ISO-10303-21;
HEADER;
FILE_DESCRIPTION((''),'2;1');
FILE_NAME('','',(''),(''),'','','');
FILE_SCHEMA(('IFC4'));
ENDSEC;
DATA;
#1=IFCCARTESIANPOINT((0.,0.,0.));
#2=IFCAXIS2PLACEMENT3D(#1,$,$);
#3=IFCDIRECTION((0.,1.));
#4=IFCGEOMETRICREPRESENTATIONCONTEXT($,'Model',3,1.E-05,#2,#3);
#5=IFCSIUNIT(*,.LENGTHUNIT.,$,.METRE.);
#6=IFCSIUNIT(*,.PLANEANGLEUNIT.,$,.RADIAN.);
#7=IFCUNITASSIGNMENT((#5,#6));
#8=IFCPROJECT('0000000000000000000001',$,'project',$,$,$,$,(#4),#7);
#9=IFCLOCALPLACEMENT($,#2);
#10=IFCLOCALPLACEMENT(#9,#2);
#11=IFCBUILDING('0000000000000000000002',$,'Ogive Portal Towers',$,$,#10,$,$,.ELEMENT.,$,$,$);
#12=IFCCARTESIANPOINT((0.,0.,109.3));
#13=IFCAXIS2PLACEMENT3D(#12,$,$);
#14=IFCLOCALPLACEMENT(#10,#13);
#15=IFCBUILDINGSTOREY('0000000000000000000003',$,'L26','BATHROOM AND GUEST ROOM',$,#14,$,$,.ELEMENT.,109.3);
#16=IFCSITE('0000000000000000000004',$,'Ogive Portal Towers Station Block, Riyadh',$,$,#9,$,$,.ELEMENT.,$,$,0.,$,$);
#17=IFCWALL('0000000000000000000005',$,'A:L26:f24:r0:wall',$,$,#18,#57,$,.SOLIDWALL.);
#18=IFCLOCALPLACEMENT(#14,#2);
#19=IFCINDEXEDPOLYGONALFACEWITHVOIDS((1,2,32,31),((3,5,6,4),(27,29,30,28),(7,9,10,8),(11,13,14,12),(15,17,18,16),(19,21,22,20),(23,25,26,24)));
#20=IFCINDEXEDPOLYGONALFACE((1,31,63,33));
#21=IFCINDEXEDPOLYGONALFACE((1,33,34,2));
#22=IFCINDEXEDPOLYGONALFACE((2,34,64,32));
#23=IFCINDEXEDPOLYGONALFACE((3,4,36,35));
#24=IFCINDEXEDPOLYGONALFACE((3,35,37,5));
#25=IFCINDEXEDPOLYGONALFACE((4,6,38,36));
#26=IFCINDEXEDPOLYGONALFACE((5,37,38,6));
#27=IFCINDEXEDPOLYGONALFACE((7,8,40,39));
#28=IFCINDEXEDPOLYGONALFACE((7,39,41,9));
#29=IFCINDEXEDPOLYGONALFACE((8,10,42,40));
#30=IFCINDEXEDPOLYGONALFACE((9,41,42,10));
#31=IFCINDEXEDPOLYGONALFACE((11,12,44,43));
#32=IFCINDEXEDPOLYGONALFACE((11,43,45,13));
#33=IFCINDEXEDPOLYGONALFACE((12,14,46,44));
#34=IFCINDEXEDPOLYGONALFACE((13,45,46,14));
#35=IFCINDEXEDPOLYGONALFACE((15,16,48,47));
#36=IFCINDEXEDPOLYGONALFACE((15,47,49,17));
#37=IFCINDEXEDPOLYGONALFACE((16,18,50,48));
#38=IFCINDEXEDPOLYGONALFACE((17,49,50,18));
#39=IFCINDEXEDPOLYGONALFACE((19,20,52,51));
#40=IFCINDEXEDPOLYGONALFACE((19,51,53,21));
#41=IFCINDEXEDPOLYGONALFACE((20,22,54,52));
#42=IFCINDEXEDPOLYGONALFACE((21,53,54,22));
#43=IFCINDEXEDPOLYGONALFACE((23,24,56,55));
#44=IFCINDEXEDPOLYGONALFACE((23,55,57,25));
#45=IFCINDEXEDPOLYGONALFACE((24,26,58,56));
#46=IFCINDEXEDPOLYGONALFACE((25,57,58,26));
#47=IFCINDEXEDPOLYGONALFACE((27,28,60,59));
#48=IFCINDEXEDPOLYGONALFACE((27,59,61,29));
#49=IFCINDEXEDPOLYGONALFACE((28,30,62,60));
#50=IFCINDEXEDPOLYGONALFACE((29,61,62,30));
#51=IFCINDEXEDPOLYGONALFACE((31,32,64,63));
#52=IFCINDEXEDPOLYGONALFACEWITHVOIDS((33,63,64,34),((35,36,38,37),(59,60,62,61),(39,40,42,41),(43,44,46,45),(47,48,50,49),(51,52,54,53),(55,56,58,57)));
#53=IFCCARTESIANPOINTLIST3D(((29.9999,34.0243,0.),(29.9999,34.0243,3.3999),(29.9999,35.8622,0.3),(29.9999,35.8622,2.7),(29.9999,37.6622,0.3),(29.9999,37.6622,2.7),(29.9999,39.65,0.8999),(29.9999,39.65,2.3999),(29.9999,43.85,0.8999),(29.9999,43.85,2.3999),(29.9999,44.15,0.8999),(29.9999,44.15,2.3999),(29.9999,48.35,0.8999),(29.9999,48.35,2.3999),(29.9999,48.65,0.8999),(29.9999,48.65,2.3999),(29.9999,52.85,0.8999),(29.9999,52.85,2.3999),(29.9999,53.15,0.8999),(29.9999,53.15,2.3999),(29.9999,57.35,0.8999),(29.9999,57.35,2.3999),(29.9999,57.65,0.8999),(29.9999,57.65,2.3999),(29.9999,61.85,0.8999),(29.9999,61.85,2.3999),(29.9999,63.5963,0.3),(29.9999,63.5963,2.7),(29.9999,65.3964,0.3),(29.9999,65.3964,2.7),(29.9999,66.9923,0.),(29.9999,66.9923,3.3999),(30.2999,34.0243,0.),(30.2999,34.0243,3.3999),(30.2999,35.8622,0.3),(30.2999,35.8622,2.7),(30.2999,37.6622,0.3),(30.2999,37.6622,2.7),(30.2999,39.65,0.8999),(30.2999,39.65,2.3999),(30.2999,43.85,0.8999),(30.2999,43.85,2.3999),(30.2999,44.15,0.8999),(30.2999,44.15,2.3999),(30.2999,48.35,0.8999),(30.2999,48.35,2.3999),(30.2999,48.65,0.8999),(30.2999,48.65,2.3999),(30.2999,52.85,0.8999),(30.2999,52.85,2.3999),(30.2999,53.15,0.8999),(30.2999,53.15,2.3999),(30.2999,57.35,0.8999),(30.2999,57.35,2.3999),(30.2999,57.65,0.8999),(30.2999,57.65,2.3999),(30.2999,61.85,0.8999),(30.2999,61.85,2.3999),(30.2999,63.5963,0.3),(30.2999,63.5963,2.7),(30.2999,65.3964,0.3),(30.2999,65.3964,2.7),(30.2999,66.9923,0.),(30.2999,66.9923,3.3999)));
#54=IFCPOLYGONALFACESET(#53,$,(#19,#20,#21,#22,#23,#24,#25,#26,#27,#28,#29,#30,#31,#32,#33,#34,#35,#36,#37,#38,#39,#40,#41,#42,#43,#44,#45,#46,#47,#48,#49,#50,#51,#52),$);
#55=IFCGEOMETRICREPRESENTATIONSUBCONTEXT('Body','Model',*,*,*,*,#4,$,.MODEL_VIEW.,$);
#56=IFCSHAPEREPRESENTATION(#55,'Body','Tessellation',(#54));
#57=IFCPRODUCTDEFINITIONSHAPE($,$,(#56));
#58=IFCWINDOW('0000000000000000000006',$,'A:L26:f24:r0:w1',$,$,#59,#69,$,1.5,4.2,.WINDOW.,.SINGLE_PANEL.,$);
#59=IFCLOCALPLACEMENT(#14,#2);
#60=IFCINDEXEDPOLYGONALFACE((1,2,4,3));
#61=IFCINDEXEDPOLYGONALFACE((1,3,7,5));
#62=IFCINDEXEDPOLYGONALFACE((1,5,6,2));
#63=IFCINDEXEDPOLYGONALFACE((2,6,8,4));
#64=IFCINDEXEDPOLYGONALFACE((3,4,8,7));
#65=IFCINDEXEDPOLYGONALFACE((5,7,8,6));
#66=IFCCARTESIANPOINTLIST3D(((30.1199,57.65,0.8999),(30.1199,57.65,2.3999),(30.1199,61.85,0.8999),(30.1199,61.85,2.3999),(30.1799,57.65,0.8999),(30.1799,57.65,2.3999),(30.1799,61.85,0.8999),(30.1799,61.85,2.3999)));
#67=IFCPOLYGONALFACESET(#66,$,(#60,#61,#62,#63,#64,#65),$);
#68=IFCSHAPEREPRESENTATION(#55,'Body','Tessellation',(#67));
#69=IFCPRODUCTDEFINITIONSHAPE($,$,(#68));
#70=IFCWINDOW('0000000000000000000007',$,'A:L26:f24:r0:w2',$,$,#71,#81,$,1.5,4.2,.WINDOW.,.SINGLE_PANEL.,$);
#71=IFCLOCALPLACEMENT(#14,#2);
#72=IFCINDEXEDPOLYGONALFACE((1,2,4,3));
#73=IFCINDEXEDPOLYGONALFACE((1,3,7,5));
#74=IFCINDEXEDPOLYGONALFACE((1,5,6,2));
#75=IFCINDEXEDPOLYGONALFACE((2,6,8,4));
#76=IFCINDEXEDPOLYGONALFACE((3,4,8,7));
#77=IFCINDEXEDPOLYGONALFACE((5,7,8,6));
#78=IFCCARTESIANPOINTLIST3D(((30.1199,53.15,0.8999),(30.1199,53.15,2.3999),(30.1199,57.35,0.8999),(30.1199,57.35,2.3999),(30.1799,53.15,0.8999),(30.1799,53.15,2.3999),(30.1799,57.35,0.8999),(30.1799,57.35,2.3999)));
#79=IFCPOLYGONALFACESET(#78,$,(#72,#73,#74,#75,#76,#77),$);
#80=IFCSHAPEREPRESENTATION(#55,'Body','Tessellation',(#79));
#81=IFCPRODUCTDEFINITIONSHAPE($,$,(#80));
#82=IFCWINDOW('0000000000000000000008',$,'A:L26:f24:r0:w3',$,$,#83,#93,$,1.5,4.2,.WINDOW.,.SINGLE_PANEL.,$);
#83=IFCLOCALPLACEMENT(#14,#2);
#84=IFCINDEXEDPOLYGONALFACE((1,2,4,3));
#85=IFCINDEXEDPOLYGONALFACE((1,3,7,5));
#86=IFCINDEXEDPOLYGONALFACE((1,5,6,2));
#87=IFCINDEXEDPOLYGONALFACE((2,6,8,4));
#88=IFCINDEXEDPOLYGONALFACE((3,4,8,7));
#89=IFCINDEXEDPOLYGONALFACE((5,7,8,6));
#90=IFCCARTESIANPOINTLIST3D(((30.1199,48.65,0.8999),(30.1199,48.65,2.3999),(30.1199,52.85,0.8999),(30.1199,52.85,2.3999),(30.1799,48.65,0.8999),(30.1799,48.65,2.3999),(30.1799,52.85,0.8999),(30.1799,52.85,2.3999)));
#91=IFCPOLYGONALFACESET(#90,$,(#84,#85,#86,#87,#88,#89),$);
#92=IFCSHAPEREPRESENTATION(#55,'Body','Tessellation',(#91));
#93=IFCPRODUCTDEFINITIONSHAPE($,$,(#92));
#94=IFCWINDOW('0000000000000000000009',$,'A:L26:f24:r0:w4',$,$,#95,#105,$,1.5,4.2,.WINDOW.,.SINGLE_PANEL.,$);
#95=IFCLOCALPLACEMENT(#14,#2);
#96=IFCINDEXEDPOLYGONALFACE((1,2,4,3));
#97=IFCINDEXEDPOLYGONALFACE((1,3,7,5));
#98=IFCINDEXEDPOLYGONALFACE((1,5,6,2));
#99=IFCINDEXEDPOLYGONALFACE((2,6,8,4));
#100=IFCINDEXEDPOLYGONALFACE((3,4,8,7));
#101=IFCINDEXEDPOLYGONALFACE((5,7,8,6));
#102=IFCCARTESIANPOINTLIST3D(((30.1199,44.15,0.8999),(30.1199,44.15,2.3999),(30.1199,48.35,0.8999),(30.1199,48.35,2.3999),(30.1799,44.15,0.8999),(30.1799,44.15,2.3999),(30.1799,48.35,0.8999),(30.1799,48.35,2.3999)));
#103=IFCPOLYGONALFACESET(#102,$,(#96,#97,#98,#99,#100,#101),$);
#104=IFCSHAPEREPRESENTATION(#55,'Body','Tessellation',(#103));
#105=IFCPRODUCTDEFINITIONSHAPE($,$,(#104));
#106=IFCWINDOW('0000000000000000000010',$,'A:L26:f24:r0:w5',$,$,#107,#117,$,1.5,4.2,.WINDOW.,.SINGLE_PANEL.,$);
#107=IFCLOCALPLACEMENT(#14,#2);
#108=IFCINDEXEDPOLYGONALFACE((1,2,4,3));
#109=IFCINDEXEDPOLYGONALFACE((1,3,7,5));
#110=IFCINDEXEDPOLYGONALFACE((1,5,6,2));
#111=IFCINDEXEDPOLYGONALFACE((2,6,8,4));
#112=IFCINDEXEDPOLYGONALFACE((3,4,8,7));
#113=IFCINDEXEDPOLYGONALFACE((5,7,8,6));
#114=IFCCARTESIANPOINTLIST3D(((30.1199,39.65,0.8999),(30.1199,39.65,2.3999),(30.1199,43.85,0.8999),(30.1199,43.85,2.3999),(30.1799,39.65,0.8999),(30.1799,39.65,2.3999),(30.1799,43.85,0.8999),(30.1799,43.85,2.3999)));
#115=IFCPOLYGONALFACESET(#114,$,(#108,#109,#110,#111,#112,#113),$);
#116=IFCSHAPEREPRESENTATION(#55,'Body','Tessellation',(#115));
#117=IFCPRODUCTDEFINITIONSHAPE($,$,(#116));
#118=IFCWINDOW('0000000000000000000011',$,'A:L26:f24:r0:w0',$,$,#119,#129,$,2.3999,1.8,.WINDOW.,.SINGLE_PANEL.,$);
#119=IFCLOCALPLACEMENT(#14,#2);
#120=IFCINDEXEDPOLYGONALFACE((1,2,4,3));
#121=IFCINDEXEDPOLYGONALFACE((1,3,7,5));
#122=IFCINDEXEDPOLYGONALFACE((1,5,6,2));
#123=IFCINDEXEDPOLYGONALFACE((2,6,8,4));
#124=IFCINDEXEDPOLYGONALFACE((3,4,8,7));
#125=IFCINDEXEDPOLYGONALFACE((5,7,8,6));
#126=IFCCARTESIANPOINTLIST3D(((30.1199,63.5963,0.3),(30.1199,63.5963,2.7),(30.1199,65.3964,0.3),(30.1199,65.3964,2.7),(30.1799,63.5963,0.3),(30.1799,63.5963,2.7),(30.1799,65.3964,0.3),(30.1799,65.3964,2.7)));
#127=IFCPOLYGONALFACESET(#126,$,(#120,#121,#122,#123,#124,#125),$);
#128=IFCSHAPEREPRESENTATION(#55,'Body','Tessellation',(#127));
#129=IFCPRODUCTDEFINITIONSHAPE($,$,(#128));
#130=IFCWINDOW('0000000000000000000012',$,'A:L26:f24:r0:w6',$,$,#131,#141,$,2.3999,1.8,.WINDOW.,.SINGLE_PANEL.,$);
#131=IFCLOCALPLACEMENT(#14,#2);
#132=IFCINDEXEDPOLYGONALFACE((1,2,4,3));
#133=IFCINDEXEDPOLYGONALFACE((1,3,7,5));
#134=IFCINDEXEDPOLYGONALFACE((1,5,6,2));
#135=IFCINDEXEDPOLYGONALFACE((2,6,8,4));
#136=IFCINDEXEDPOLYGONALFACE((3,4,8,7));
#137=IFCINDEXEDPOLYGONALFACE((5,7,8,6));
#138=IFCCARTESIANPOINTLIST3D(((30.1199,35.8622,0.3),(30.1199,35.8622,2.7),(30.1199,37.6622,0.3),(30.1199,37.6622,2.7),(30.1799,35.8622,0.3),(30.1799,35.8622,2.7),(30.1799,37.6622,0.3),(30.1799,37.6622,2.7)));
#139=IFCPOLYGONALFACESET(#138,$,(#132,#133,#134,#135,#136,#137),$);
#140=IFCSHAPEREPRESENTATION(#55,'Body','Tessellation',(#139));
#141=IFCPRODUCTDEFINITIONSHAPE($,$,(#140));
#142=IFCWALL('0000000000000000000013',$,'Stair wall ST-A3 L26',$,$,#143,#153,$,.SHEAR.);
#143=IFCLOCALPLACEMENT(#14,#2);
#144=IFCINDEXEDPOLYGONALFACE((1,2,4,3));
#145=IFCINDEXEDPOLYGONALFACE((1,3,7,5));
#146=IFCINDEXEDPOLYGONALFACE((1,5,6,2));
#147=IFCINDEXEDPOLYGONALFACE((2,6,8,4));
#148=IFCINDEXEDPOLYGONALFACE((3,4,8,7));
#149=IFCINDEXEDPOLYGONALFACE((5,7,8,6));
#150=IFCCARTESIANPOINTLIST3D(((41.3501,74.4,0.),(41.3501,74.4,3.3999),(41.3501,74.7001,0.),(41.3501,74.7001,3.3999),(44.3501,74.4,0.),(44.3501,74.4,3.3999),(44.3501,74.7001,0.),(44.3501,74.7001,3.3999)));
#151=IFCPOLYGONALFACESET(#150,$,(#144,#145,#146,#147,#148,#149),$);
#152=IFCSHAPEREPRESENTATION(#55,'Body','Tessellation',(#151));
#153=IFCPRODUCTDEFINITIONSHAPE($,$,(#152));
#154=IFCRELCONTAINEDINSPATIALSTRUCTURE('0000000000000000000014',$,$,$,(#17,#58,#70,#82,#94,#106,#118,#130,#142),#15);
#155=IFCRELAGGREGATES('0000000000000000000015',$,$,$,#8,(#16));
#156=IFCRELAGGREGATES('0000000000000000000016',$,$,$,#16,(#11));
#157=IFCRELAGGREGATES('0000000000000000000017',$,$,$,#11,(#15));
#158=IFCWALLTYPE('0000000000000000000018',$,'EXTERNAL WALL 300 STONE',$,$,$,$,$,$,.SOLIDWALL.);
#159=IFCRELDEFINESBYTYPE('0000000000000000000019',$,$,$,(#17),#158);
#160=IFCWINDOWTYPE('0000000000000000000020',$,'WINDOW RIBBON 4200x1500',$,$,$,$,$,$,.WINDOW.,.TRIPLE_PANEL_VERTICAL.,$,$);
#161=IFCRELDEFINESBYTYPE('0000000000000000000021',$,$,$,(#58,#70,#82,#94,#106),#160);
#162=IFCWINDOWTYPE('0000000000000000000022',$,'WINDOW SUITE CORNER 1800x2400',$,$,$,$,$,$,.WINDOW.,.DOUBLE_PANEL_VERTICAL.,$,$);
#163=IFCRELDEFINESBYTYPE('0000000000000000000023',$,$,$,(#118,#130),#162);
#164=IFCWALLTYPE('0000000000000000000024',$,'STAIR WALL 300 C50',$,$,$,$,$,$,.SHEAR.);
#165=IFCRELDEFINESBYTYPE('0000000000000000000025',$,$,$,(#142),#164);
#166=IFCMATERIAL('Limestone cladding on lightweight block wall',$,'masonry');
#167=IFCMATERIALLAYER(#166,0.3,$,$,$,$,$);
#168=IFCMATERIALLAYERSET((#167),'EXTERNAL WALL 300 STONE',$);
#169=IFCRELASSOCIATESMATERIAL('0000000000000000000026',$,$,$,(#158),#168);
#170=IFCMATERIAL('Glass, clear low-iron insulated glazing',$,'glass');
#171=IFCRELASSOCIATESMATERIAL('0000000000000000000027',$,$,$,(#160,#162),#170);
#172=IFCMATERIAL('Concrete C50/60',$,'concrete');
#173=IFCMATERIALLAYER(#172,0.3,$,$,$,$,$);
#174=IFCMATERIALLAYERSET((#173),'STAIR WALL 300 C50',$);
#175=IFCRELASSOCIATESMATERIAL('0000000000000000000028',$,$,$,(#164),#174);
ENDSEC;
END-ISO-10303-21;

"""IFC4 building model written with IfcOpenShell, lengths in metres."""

from ifc_helpers import new_model, si_unit, direction, frame, frame_2d, origin, place, context, subcontext, project, spatial, rectangle, extrude, material, layer, layer_set, type_object, element, fill, save


model = new_model("IFC4")

# Units and contexts
model_context = context("Model", 3, precision=1e-05, world=origin(), true_north=direction((0.0, 1.0)))
body_context = subcontext(model_context, "Body", "Model", "MODEL_VIEW")
ifc_project = project(units=[si_unit("LENGTHUNIT", "METRE"), si_unit("PLANEANGLEUNIT", "RADIAN")], contexts=[model_context])

# Site, building, storey
site_placement = place(None, origin())
site = spatial("IfcSite", under=ifc_project, at=site_placement, Name="Ogive Portal Towers Station Block, Riyadh", CompositionType="ELEMENT", RefElevation=0.0)
building_placement = place(site_placement, origin())
building = spatial("IfcBuilding", under=site, at=building_placement, Name="Ogive Portal Towers", CompositionType="ELEMENT")
storey_placement = place(building_placement, frame((0.0, 0.0, 109.3)))
storey = spatial("IfcBuildingStorey", under=building, at=storey_placement, Name="L26", Description="BATHROOM AND GUEST ROOM", CompositionType="ELEMENT", Elevation=109.3)

# Shared definitions
ifc_material_1 = material(Name="Glass, clear low-iron insulated glazing", Category="glass")

# Wall, openings, windows
ifc_material_2 = material(Name="Limestone cladding on lightweight block wall", Category="masonry")
ifc_layer_1 = layer(ifc_material_2, 0.3)
ifc_layer_set_1 = layer_set([ifc_layer_1], Name="EXTERNAL WALL 300 STONE")
wall_type_1 = type_object("IfcWallType", Name="EXTERNAL WALL 300 STONE", PredefinedType="SOLIDWALL", material=ifc_layer_set_1)
wall_1_placement = place(storey_placement, frame((30.1499, 66.9922, 0.0), z_axis=(0.0, 0.0, 1.0), x_axis=(0.0, -1.0, 0.0)))
wall_1 = element("IfcWall", 1, at=wall_1_placement, inside=storey, type_object=wall_type_1, Name="A:L26:f24:r0:wall", PredefinedType="SOLIDWALL", context=body_context, shape_type="SweptSolid", body=[
    extrude(rectangle(XDim=32.968, YDim=0.3, at=frame_2d((16.4839, 0.0))), origin(), (0.0, 0.0, 1.0), 3.3999),
])
opening_1_placement = place(wall_1_placement, frame((1.5959, 0.0, 0.3)))
opening_1 = element("IfcOpeningElement", 2, at=opening_1_placement, cuts=wall_1, PredefinedType="OPENING", context=body_context, shape_type="SweptSolid", body=[
    extrude(rectangle(XDim=1.8, YDim=2.3999, at=frame_2d((0.8999, 1.2))), frame((0.0, 0.1602, 0.0), z_axis=(0.0, -1.0, 0.0), x_axis=(1.0, 0.0, 0.0)), (0.0, 0.0, 1.0), 0.3201),
])
opening_2_placement = place(wall_1_placement, frame((5.1421, 0.0, 0.8999)))
opening_2 = element("IfcOpeningElement", 3, at=opening_2_placement, cuts=wall_1, PredefinedType="OPENING", context=body_context, shape_type="SweptSolid", body=[
    extrude(rectangle(XDim=4.2, YDim=1.5, at=frame_2d((2.1001, 0.75))), frame((0.0, 0.1602, 0.0), z_axis=(0.0, -1.0, 0.0), x_axis=(1.0, 0.0, 0.0)), (0.0, 0.0, 1.0), 0.3201),
])
opening_3_placement = place(wall_1_placement, frame((9.6421, 0.0, 0.8999)))
opening_3 = element("IfcOpeningElement", 4, at=opening_3_placement, cuts=wall_1, PredefinedType="OPENING", context=body_context, shape_type="SweptSolid", body=[
    extrude(rectangle(XDim=4.2, YDim=1.5, at=frame_2d((2.1001, 0.75))), frame((0.0, 0.1602, 0.0), z_axis=(0.0, -1.0, 0.0), x_axis=(1.0, 0.0, 0.0)), (0.0, 0.0, 1.0), 0.3201),
])
opening_4_placement = place(wall_1_placement, frame((14.1421, 0.0, 0.8999)))
opening_4 = element("IfcOpeningElement", 5, at=opening_4_placement, cuts=wall_1, PredefinedType="OPENING", context=body_context, shape_type="SweptSolid", body=[
    extrude(rectangle(XDim=4.2, YDim=1.5, at=frame_2d((2.1001, 0.75))), frame((0.0, 0.1602, 0.0), z_axis=(0.0, -1.0, 0.0), x_axis=(1.0, 0.0, 0.0)), (0.0, 0.0, 1.0), 0.3201),
])
opening_5_placement = place(wall_1_placement, frame((18.6421, 0.0, 0.8999)))
opening_5 = element("IfcOpeningElement", 6, at=opening_5_placement, cuts=wall_1, PredefinedType="OPENING", context=body_context, shape_type="SweptSolid", body=[
    extrude(rectangle(XDim=4.2, YDim=1.5, at=frame_2d((2.1001, 0.75))), frame((0.0, 0.1602, 0.0), z_axis=(0.0, -1.0, 0.0), x_axis=(1.0, 0.0, 0.0)), (0.0, 0.0, 1.0), 0.3201),
])
opening_6_placement = place(wall_1_placement, frame((23.1421, 0.0, 0.8999)))
opening_6 = element("IfcOpeningElement", 7, at=opening_6_placement, cuts=wall_1, PredefinedType="OPENING", context=body_context, shape_type="SweptSolid", body=[
    extrude(rectangle(XDim=4.2, YDim=1.5, at=frame_2d((2.1001, 0.75))), frame((0.0, 0.1602, 0.0), z_axis=(0.0, -1.0, 0.0), x_axis=(1.0, 0.0, 0.0)), (0.0, 0.0, 1.0), 0.3201),
])
opening_7_placement = place(wall_1_placement, frame((29.3301, 0.0, 0.3)))
opening_7 = element("IfcOpeningElement", 8, at=opening_7_placement, cuts=wall_1, PredefinedType="OPENING", context=body_context, shape_type="SweptSolid", body=[
    extrude(rectangle(XDim=1.8, YDim=2.3999, at=frame_2d((0.8999, 1.2))), frame((0.0, 0.1602, 0.0), z_axis=(0.0, -1.0, 0.0), x_axis=(1.0, 0.0, 0.0)), (0.0, 0.0, 1.0), 0.3201),
])
window_type_1 = type_object("IfcWindowType", Name="WINDOW RIBBON 4200x1500", PartitioningType="TRIPLE_PANEL_VERTICAL", PredefinedType="WINDOW", material=ifc_material_1)
window_1_placement = place(opening_2_placement, origin())
window_1 = element("IfcWindow", 9, at=window_1_placement, inside=storey, type_object=window_type_1, Name="A:L26:f24:r0:w1", OverallHeight=1.5, OverallWidth=4.2, PartitioningType="SINGLE_PANEL", PredefinedType="WINDOW", context=body_context, shape_type="SweptSolid", body=[
    extrude(rectangle(XDim=4.2, YDim=1.5, at=frame_2d((2.1001, 0.75))), frame((0.0, 0.03, 0.0), z_axis=(0.0, -1.0, 0.0), x_axis=(1.0, 0.0, 0.0)), (0.0, 0.0, 1.0), 0.0601),
])
fill(opening_2, window_1)
window_2_placement = place(opening_3_placement, origin())
window_2 = element("IfcWindow", 10, at=window_2_placement, inside=storey, type_object=window_type_1, Name="A:L26:f24:r0:w2", OverallHeight=1.5, OverallWidth=4.2, PartitioningType="SINGLE_PANEL", PredefinedType="WINDOW", context=body_context, shape_type="SweptSolid", body=[
    extrude(rectangle(XDim=4.2, YDim=1.5, at=frame_2d((2.1001, 0.75))), frame((0.0, 0.03, 0.0), z_axis=(0.0, -1.0, 0.0), x_axis=(1.0, 0.0, 0.0)), (0.0, 0.0, 1.0), 0.0601),
])
fill(opening_3, window_2)
window_3_placement = place(opening_4_placement, origin())
window_3 = element("IfcWindow", 11, at=window_3_placement, inside=storey, type_object=window_type_1, Name="A:L26:f24:r0:w3", OverallHeight=1.5, OverallWidth=4.2, PartitioningType="SINGLE_PANEL", PredefinedType="WINDOW", context=body_context, shape_type="SweptSolid", body=[
    extrude(rectangle(XDim=4.2, YDim=1.5, at=frame_2d((2.1001, 0.75))), frame((0.0, 0.03, 0.0), z_axis=(0.0, -1.0, 0.0), x_axis=(1.0, 0.0, 0.0)), (0.0, 0.0, 1.0), 0.0601),
])
fill(opening_4, window_3)
window_4_placement = place(opening_5_placement, origin())
window_4 = element("IfcWindow", 12, at=window_4_placement, inside=storey, type_object=window_type_1, Name="A:L26:f24:r0:w4", OverallHeight=1.5, OverallWidth=4.2, PartitioningType="SINGLE_PANEL", PredefinedType="WINDOW", context=body_context, shape_type="SweptSolid", body=[
    extrude(rectangle(XDim=4.2, YDim=1.5, at=frame_2d((2.1001, 0.75))), frame((0.0, 0.03, 0.0), z_axis=(0.0, -1.0, 0.0), x_axis=(1.0, 0.0, 0.0)), (0.0, 0.0, 1.0), 0.0601),
])
fill(opening_5, window_4)
window_5_placement = place(opening_6_placement, origin())
window_5 = element("IfcWindow", 13, at=window_5_placement, inside=storey, type_object=window_type_1, Name="A:L26:f24:r0:w5", OverallHeight=1.5, OverallWidth=4.2, PartitioningType="SINGLE_PANEL", PredefinedType="WINDOW", context=body_context, shape_type="SweptSolid", body=[
    extrude(rectangle(XDim=4.2, YDim=1.5, at=frame_2d((2.1001, 0.75))), frame((0.0, 0.03, 0.0), z_axis=(0.0, -1.0, 0.0), x_axis=(1.0, 0.0, 0.0)), (0.0, 0.0, 1.0), 0.0601),
])
fill(opening_6, window_5)
window_type_2 = type_object("IfcWindowType", Name="WINDOW SUITE CORNER 1800x2400", PartitioningType="DOUBLE_PANEL_VERTICAL", PredefinedType="WINDOW", material=ifc_material_1)
window_6_placement = place(opening_1_placement, origin())
window_6 = element("IfcWindow", 14, at=window_6_placement, inside=storey, type_object=window_type_2, Name="A:L26:f24:r0:w0", OverallHeight=2.3999, OverallWidth=1.8, PartitioningType="SINGLE_PANEL", PredefinedType="WINDOW", context=body_context, shape_type="SweptSolid", body=[
    extrude(rectangle(XDim=1.8, YDim=2.3999, at=frame_2d((0.8999, 1.2))), frame((0.0, 0.03, 0.0), z_axis=(0.0, -1.0, 0.0), x_axis=(1.0, 0.0, 0.0)), (0.0, 0.0, 1.0), 0.0601),
])
fill(opening_1, window_6)
window_7_placement = place(opening_7_placement, origin())
window_7 = element("IfcWindow", 15, at=window_7_placement, inside=storey, type_object=window_type_2, Name="A:L26:f24:r0:w6", OverallHeight=2.3999, OverallWidth=1.8, PartitioningType="SINGLE_PANEL", PredefinedType="WINDOW", context=body_context, shape_type="SweptSolid", body=[
    extrude(rectangle(XDim=1.8, YDim=2.3999, at=frame_2d((0.8999, 1.2))), frame((0.0, 0.03, 0.0), z_axis=(0.0, -1.0, 0.0), x_axis=(1.0, 0.0, 0.0)), (0.0, 0.0, 1.0), 0.0601),
])
fill(opening_7, window_7)

# Wall
ifc_material_3 = material(Name="Concrete C50/60", Category="concrete")
ifc_layer_2 = layer(ifc_material_3, 0.3)
ifc_layer_set_2 = layer_set([ifc_layer_2], Name="STAIR WALL 300 C50")
wall_type_2 = type_object("IfcWallType", Name="STAIR WALL 300 C50", PredefinedType="SHEAR", material=ifc_layer_set_2)
wall_2_placement = place(storey_placement, frame((41.3501, 74.55, 0.0), z_axis=(0.0, 0.0, 1.0), x_axis=(1.0, 0.0, 0.0)))
element("IfcWall", 16, at=wall_2_placement, inside=storey, type_object=wall_type_2, Name="Stair wall ST-A3 L26", PredefinedType="SHEAR", context=body_context, shape_type="SweptSolid", body=[
    extrude(rectangle(XDim=3.0, YDim=0.3, at=frame_2d((1.5, 0.0))), origin(), (0.0, 0.0, 1.0), 3.3999),
])

save(model, "model.ifc")
